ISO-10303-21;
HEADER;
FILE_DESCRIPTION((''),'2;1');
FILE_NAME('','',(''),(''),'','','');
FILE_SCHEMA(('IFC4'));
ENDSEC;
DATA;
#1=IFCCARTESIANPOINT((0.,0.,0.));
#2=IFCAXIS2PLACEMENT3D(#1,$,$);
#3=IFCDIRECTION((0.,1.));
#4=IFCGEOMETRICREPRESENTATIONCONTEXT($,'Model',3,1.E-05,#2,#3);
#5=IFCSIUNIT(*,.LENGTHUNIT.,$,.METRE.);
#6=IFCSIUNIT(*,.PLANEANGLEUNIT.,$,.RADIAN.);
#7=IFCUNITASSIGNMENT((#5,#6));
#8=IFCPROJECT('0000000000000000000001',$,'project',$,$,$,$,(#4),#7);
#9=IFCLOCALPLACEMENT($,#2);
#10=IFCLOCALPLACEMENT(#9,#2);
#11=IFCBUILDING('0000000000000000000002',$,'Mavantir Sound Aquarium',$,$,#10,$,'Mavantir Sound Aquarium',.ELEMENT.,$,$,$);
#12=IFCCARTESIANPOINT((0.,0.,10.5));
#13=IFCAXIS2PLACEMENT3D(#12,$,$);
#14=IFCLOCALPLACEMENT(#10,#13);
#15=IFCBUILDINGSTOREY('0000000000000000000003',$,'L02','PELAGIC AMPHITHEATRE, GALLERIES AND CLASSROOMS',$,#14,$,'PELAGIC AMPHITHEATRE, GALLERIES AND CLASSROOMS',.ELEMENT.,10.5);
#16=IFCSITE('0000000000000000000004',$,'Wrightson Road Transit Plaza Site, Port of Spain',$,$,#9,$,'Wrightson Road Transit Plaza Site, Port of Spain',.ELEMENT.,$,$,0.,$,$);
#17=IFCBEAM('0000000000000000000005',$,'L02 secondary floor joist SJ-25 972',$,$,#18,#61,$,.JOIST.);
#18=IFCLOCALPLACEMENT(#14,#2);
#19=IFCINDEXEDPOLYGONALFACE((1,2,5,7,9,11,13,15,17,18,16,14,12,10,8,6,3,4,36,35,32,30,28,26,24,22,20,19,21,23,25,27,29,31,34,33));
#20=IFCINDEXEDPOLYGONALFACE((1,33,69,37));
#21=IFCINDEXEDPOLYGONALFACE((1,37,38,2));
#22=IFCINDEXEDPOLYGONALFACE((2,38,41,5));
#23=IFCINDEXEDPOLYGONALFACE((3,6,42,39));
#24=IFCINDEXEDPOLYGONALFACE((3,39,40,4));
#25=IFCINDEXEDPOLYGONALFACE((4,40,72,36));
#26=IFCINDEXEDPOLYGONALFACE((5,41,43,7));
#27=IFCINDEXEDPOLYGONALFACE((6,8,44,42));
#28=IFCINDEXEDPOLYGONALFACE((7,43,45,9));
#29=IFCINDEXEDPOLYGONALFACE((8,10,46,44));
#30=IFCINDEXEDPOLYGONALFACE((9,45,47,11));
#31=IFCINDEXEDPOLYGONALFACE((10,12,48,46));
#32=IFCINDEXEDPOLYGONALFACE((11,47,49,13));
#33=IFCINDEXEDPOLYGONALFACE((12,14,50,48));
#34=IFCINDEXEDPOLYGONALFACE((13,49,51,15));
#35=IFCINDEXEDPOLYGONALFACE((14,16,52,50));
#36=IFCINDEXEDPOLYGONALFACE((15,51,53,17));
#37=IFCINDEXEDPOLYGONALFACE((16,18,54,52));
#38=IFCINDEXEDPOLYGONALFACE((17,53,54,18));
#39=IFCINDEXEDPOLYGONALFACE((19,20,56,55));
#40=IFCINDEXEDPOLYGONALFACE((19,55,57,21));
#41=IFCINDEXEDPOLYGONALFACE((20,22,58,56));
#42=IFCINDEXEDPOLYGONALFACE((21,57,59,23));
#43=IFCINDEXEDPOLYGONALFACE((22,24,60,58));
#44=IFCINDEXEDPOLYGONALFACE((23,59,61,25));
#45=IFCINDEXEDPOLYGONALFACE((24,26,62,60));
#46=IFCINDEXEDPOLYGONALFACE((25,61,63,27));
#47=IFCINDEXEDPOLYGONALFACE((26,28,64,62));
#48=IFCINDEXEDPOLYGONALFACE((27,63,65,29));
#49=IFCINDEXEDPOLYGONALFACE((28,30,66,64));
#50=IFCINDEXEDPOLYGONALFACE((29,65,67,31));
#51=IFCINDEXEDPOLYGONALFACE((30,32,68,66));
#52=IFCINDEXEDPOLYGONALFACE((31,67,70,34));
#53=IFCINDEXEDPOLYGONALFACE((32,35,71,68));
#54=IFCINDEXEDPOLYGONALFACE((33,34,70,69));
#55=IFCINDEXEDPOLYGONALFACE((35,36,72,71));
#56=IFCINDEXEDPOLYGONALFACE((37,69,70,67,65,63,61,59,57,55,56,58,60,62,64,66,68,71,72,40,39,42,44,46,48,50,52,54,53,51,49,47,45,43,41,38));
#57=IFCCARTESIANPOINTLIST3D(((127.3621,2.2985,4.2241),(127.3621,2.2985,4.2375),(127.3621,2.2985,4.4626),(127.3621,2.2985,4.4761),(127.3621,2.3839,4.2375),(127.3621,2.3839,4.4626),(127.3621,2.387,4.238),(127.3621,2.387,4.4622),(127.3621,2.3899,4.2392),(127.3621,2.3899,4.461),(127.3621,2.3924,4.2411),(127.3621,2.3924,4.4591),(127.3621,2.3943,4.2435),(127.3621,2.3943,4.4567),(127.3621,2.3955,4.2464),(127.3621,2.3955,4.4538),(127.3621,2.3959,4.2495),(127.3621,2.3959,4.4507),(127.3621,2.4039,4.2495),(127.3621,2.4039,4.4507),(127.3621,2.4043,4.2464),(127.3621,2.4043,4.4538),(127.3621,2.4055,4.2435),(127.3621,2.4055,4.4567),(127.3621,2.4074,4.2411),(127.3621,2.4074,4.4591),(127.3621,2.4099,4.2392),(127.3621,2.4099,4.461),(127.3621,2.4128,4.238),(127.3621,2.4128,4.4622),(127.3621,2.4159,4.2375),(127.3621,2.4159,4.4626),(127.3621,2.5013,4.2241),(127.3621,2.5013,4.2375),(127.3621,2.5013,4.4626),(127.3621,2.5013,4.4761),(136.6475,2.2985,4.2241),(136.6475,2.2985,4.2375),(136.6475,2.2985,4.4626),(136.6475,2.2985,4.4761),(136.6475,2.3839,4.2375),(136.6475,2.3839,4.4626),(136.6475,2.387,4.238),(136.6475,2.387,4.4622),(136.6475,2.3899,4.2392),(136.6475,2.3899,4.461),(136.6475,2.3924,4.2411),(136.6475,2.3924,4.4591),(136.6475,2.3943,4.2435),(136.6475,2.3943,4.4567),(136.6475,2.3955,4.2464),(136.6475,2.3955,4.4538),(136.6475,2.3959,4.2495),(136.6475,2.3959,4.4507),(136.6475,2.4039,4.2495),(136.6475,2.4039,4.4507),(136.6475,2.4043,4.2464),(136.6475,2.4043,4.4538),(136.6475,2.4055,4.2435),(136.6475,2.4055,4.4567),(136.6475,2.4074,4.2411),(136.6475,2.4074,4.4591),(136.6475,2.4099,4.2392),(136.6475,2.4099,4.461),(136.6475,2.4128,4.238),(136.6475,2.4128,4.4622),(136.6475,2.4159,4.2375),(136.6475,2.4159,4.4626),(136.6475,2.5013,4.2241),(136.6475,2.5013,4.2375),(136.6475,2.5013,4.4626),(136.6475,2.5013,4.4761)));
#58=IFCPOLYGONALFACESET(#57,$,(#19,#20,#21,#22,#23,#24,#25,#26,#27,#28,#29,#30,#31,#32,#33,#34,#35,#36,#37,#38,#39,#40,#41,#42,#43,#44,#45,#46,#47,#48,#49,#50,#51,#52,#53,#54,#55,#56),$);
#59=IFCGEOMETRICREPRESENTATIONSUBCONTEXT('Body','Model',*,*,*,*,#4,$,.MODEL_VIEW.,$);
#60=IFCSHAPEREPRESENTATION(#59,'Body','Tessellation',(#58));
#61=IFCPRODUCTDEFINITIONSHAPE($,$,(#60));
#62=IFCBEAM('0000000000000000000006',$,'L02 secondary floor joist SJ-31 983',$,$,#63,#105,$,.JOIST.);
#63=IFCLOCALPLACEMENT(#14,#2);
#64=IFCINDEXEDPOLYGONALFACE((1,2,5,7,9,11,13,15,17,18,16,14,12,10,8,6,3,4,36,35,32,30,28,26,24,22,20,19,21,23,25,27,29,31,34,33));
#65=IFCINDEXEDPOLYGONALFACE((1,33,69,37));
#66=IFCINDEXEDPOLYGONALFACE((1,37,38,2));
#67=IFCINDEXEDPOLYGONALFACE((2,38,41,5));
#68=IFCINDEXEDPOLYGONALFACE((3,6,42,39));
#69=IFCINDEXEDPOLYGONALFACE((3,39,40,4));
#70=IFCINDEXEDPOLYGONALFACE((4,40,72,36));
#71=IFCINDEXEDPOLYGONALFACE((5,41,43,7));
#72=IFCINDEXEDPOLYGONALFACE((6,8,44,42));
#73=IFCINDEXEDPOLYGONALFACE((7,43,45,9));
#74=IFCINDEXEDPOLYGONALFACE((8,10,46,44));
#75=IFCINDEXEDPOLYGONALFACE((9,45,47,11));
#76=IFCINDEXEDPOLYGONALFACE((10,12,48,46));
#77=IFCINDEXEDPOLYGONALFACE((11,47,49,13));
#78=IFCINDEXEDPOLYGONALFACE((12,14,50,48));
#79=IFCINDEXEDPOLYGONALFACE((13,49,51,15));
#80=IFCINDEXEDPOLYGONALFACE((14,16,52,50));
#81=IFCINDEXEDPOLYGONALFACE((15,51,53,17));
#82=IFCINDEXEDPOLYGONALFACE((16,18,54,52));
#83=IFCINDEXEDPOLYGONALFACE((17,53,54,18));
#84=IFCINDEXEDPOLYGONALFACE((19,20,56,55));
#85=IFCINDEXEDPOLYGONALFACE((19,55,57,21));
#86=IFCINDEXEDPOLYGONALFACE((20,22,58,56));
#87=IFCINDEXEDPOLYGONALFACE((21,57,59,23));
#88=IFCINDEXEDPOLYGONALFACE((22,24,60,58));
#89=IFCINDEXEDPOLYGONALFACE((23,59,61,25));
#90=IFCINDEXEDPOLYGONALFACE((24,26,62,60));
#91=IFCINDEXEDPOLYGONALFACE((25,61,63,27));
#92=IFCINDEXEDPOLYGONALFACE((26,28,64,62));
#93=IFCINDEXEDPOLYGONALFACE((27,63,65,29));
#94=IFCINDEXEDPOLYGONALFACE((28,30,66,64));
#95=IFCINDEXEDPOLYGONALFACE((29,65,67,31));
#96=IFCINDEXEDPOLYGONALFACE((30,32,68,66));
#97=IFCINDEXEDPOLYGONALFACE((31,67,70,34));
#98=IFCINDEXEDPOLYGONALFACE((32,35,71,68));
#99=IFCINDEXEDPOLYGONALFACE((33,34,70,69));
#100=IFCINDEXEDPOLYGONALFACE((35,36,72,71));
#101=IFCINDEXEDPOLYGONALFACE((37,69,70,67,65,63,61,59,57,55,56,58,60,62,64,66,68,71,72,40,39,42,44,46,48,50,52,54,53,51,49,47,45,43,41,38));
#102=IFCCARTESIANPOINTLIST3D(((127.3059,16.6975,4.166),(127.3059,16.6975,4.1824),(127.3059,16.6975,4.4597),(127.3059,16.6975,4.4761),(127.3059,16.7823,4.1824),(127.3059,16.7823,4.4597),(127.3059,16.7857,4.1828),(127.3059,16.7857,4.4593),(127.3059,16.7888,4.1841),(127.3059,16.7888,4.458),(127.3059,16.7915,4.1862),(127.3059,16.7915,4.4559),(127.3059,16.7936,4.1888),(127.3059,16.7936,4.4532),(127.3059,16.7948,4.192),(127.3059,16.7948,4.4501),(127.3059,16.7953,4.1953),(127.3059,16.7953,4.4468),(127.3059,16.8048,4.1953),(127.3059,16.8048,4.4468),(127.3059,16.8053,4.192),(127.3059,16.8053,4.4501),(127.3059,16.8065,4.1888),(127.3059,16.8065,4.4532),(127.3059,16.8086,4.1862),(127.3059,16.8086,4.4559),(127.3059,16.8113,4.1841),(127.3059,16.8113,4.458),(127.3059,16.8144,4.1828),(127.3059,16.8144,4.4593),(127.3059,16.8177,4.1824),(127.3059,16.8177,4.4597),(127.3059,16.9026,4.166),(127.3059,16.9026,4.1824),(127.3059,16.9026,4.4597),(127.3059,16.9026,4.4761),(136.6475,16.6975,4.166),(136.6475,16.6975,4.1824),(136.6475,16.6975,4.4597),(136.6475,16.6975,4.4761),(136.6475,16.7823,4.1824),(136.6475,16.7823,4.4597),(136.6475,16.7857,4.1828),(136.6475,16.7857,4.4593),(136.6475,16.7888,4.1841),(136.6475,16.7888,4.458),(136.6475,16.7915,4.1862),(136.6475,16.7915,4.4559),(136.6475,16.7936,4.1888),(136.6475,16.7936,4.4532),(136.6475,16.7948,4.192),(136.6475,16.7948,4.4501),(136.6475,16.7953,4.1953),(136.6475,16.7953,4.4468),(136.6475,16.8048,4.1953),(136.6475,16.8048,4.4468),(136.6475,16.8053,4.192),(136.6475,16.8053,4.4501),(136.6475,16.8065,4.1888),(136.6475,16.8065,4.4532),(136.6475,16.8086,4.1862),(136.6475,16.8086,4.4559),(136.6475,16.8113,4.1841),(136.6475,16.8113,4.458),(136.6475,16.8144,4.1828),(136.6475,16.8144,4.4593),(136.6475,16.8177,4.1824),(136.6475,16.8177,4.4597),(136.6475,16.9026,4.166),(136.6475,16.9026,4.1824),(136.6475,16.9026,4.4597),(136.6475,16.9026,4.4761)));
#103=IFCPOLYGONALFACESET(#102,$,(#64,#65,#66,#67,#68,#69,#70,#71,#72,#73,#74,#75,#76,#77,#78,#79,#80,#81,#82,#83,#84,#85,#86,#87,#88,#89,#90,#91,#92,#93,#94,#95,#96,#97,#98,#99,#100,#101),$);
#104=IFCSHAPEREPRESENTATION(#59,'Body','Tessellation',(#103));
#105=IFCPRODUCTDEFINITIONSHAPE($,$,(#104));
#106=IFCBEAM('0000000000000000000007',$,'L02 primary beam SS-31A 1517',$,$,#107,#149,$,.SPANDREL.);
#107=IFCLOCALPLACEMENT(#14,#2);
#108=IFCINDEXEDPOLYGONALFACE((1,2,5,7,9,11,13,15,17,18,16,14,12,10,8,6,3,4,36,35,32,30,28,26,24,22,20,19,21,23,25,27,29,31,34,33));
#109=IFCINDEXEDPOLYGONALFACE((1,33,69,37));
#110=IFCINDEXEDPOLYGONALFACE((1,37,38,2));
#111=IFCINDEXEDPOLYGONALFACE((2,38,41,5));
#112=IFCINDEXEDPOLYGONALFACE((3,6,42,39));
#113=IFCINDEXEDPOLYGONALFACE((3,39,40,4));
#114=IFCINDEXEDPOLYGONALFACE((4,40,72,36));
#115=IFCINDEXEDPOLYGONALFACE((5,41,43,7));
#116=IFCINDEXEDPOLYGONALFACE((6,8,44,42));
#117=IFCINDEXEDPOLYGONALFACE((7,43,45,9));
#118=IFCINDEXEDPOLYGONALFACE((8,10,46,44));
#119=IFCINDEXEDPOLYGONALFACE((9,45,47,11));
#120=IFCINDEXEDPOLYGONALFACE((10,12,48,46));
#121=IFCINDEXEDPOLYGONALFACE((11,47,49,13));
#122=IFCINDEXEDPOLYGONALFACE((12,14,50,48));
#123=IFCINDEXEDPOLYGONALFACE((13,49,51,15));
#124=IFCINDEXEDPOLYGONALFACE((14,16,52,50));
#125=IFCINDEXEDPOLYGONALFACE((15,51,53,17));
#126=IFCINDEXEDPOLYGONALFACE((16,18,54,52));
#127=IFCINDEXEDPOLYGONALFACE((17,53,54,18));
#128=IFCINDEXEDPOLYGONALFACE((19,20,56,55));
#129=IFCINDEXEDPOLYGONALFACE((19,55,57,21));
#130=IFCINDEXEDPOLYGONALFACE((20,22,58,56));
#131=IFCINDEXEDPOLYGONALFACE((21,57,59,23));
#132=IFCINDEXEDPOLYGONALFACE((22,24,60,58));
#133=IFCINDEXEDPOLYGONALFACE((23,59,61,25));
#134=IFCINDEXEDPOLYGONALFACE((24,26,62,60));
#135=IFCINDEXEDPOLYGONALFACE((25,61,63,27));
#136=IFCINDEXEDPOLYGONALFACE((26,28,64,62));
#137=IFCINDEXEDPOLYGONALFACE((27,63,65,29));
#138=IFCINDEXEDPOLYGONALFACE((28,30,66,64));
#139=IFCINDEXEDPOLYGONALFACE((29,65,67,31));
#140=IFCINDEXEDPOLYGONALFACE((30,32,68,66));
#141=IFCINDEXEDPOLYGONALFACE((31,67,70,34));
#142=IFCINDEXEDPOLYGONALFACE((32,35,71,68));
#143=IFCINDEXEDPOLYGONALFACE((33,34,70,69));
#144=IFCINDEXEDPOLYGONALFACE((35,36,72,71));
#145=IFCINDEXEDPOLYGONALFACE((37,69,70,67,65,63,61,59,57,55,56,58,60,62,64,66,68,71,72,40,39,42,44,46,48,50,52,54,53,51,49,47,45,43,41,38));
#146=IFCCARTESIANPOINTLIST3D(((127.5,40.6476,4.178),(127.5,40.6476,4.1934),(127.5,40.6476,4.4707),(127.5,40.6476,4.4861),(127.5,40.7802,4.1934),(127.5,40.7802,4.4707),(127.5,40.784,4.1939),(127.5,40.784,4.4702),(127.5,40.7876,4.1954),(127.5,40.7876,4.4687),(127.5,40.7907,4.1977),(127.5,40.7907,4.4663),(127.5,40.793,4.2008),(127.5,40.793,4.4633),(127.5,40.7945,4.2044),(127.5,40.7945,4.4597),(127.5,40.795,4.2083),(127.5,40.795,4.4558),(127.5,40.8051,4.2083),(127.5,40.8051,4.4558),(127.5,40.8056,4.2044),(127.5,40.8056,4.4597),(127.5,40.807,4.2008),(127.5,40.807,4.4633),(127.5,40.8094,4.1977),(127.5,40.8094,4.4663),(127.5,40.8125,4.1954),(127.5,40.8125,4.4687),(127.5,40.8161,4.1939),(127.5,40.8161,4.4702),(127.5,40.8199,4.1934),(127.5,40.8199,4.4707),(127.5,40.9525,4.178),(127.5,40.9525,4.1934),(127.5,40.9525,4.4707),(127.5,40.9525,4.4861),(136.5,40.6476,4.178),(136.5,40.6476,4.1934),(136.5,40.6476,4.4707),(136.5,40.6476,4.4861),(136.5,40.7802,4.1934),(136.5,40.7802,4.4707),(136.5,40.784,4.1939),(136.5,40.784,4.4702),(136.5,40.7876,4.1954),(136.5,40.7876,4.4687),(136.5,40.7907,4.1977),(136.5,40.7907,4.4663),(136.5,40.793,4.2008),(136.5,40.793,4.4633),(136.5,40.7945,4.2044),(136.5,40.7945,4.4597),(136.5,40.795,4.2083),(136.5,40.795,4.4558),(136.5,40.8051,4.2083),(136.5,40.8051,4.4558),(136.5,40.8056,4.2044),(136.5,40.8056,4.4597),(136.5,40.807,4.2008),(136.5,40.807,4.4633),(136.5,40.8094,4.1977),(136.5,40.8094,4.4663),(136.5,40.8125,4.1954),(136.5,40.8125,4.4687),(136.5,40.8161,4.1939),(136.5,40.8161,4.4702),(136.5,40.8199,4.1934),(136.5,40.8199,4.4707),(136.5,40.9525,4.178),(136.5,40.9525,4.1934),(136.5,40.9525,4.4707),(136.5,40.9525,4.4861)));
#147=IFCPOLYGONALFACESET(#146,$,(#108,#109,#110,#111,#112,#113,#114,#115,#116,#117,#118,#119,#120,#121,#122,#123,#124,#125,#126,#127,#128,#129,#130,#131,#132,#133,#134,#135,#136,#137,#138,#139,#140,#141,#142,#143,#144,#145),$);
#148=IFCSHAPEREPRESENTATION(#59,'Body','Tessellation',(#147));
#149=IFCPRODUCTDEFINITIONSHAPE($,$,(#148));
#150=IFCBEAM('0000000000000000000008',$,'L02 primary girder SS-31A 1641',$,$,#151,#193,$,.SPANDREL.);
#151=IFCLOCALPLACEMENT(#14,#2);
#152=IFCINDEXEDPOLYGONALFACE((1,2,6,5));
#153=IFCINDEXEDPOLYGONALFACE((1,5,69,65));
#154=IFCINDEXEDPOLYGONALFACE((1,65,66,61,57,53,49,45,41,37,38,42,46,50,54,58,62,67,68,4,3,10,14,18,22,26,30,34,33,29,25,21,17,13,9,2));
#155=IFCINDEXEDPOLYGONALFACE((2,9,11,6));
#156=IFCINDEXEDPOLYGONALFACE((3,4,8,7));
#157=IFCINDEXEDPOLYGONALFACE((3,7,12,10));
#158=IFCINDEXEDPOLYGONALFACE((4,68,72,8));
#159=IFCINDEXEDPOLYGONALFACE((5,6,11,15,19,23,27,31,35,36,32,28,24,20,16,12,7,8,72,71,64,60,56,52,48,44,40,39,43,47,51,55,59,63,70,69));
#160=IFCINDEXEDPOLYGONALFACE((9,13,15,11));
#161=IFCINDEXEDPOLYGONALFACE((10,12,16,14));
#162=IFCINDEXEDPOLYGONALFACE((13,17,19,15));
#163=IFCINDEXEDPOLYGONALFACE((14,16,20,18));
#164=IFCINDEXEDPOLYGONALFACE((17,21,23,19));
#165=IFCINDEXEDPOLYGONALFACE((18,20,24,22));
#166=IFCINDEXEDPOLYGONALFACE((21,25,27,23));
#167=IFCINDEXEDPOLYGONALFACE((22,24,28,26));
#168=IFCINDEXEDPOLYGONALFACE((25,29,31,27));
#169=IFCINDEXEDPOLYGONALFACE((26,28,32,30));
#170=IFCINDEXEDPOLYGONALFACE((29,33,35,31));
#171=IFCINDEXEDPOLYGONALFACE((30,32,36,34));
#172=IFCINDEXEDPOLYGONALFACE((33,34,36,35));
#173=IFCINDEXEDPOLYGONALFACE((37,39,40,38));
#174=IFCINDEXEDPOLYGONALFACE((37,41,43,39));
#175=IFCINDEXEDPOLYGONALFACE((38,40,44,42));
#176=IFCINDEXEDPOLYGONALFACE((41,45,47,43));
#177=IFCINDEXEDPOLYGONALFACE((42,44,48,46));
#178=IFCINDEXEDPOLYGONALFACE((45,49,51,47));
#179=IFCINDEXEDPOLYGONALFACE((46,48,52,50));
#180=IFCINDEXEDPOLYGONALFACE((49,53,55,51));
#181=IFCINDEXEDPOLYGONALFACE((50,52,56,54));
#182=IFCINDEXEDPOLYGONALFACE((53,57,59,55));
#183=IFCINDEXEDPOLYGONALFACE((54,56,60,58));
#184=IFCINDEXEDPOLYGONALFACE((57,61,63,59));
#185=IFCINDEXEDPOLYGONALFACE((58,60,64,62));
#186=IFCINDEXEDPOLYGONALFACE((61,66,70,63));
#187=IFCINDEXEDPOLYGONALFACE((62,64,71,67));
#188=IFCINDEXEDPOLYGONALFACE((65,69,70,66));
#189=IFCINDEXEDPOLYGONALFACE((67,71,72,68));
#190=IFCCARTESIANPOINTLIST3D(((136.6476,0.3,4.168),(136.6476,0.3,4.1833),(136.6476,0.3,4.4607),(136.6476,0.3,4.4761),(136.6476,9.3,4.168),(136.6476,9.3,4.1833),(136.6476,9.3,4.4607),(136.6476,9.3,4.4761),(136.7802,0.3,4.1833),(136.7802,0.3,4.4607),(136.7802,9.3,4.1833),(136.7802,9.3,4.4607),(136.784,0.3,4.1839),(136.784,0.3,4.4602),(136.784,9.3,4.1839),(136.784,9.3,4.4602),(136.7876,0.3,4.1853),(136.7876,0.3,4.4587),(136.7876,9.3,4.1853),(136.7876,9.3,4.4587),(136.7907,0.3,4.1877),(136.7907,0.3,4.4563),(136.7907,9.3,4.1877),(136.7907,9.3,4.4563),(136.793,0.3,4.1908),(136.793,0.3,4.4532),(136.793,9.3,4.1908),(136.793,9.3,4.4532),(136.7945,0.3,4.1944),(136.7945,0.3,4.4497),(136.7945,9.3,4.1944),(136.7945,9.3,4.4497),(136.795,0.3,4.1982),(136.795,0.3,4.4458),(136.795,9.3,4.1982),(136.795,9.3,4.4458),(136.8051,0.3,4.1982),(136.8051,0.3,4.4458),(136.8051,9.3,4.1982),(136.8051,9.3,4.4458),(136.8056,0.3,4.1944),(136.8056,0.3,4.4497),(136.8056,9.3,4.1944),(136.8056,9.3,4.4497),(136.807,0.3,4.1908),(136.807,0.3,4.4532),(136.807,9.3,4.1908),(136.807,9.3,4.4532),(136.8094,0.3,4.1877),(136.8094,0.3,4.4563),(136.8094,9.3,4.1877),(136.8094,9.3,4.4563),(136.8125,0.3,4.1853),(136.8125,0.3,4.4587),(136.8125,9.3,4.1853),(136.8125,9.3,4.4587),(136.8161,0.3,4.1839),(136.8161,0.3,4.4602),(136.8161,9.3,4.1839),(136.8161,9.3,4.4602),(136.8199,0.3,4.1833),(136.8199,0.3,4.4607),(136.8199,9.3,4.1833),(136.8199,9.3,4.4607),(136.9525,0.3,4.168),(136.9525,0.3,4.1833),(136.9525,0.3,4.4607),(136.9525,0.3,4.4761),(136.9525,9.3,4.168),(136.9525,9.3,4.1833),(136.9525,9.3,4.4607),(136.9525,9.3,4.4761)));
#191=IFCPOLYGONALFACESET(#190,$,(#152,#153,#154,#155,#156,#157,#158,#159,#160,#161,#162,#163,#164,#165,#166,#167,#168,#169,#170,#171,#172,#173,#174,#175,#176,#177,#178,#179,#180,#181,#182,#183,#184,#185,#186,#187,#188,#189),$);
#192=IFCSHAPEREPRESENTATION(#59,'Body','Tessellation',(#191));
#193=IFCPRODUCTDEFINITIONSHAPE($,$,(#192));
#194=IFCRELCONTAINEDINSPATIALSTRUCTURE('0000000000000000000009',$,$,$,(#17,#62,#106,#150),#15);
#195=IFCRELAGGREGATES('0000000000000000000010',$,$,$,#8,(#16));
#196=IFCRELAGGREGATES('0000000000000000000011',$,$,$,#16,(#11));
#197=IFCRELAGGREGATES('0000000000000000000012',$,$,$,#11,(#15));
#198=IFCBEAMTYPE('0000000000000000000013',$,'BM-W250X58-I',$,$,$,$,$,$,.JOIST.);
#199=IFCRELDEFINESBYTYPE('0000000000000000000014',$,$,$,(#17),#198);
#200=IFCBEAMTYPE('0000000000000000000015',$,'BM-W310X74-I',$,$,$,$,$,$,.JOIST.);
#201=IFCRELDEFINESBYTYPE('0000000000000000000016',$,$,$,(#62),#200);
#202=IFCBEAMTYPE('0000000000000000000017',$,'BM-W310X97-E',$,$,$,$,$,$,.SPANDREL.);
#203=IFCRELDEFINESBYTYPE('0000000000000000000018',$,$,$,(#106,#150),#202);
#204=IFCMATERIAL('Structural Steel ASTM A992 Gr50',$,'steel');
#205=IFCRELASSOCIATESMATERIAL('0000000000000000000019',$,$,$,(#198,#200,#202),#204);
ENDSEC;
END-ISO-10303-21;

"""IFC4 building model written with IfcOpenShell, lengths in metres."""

from ifc_helpers import new_model, si_unit, direction, frame, origin, origin_2d, place, context, subcontext, project, spatial, i_section, extrude, material, material_profile, profile_set, type_object, element, save


model = new_model("IFC4")

# Units and contexts
model_context = context("Model", 3, precision=1e-05, world=origin(), true_north=direction((0.0, 1.0)))
body_context = subcontext(model_context, "Body", "Model", "MODEL_VIEW")
ifc_project = project(units=[si_unit("LENGTHUNIT", "METRE"), si_unit("PLANEANGLEUNIT", "RADIAN")], contexts=[model_context])

# Site, building, storey
site_placement = place(None, origin())
site = spatial("IfcSite", under=ifc_project, at=site_placement, Name="Wrightson Road Transit Plaza Site, Port of Spain", LongName="Wrightson Road Transit Plaza Site, Port of Spain", CompositionType="ELEMENT", RefElevation=0.0)
building_placement = place(site_placement, origin())
building = spatial("IfcBuilding", under=site, at=building_placement, Name="Mavantir Sound Aquarium", LongName="Mavantir Sound Aquarium", CompositionType="ELEMENT")
storey_placement = place(building_placement, frame((0.0, 0.0, 10.5)))
storey = spatial("IfcBuildingStorey", under=building, at=storey_placement, Name="L02", Description="PELAGIC AMPHITHEATRE, GALLERIES AND CLASSROOMS", LongName="PELAGIC AMPHITHEATRE, GALLERIES AND CLASSROOMS", CompositionType="ELEMENT", Elevation=10.5)

# Beams
ifc_material_1 = material(Name="Structural Steel ASTM A992 Gr50", Category="steel")
ifc_material_profile_1 = material_profile(ifc_material_1, i_section(OverallWidth=0.2029, OverallDepth=0.252, WebThickness=0.0081, FlangeThickness=0.0134, FilletRadius=0.012, at=origin_2d()), Name="W250X58")
ifc_profile_set_1 = profile_set([ifc_material_profile_1], Name="Structural Steel ASTM A992 Gr50")
beam_type_1 = type_object("IfcBeamType", Name="BM-W250X58-I", PredefinedType="JOIST", material=ifc_profile_set_1)
beam_1_placement = place(storey_placement, frame((127.3621, 2.3999, 4.3501), z_axis=(1.0, 0.0, 0.0), x_axis=(0.0, 1.0, 0.0)))
element("IfcBeam", 1, at=beam_1_placement, inside=storey, type_object=beam_type_1, Name="L02 secondary floor joist SJ-25 972", PredefinedType="JOIST", context=body_context, shape_type="SweptSolid", body=[
    extrude(i_section(OverallWidth=0.2029, OverallDepth=0.252, WebThickness=0.0081, FlangeThickness=0.0134, FilletRadius=0.012, at=origin_2d()), origin(), (0.0, 0.0, 1.0), 9.2854),
])
ifc_material_profile_2 = material_profile(ifc_material_1, i_section(OverallWidth=0.2051, OverallDepth=0.3101, WebThickness=0.0095, FlangeThickness=0.0164, FilletRadius=0.0129, at=origin_2d()), Name="W310X74")
ifc_profile_set_2 = profile_set([ifc_material_profile_2], Name="Structural Steel ASTM A992 Gr50")
beam_type_2 = type_object("IfcBeamType", Name="BM-W310X74-I", PredefinedType="JOIST", material=ifc_profile_set_2)
beam_2_placement = place(storey_placement, frame((127.3059, 16.8, 4.321), z_axis=(1.0, 0.0, 0.0), x_axis=(0.0, 1.0, 0.0)))
element("IfcBeam", 2, at=beam_2_placement, inside=storey, type_object=beam_type_2, Name="L02 secondary floor joist SJ-31 983", PredefinedType="JOIST", context=body_context, shape_type="SweptSolid", body=[
    extrude(i_section(OverallWidth=0.2051, OverallDepth=0.3101, WebThickness=0.0095, FlangeThickness=0.0164, FilletRadius=0.0129, at=origin_2d()), origin(), (0.0, 0.0, 1.0), 9.3416),
])
ifc_material_profile_3 = material_profile(ifc_material_1, i_section(OverallWidth=0.3049, OverallDepth=0.3081, WebThickness=0.01, FlangeThickness=0.0154, FilletRadius=0.0149, at=origin_2d()), Name="W310X97")
ifc_profile_set_3 = profile_set([ifc_material_profile_3], Name="Structural Steel ASTM A992 Gr50")
beam_type_3 = type_object("IfcBeamType", Name="BM-W310X97-E", PredefinedType="SPANDREL", material=ifc_profile_set_3)
for number, where, z_axis, x_axis, name in (
    (3, (127.5, 40.8, 4.332), (1.0, 0.0, 0.0), (0.0, 1.0, 0.0), "L02 primary beam SS-31A 1517"),
    (4, (136.8, 0.3, 4.322), (0.0, 1.0, 0.0), (-1.0, 0.0, 0.0), "L02 primary girder SS-31A 1641"),
):
    element("IfcBeam", number, at=place(storey_placement, frame(where, z_axis=z_axis, x_axis=x_axis)), inside=storey, type_object=beam_type_3, Name=name, PredefinedType="SPANDREL", context=body_context, shape_type="SweptSolid", body=[
        extrude(i_section(OverallWidth=0.3049, OverallDepth=0.3081, WebThickness=0.01, FlangeThickness=0.0154, FilletRadius=0.0149, at=origin_2d()), origin(), (0.0, 0.0, 1.0), 9.0),
    ])

save(model, "model.ifc")
